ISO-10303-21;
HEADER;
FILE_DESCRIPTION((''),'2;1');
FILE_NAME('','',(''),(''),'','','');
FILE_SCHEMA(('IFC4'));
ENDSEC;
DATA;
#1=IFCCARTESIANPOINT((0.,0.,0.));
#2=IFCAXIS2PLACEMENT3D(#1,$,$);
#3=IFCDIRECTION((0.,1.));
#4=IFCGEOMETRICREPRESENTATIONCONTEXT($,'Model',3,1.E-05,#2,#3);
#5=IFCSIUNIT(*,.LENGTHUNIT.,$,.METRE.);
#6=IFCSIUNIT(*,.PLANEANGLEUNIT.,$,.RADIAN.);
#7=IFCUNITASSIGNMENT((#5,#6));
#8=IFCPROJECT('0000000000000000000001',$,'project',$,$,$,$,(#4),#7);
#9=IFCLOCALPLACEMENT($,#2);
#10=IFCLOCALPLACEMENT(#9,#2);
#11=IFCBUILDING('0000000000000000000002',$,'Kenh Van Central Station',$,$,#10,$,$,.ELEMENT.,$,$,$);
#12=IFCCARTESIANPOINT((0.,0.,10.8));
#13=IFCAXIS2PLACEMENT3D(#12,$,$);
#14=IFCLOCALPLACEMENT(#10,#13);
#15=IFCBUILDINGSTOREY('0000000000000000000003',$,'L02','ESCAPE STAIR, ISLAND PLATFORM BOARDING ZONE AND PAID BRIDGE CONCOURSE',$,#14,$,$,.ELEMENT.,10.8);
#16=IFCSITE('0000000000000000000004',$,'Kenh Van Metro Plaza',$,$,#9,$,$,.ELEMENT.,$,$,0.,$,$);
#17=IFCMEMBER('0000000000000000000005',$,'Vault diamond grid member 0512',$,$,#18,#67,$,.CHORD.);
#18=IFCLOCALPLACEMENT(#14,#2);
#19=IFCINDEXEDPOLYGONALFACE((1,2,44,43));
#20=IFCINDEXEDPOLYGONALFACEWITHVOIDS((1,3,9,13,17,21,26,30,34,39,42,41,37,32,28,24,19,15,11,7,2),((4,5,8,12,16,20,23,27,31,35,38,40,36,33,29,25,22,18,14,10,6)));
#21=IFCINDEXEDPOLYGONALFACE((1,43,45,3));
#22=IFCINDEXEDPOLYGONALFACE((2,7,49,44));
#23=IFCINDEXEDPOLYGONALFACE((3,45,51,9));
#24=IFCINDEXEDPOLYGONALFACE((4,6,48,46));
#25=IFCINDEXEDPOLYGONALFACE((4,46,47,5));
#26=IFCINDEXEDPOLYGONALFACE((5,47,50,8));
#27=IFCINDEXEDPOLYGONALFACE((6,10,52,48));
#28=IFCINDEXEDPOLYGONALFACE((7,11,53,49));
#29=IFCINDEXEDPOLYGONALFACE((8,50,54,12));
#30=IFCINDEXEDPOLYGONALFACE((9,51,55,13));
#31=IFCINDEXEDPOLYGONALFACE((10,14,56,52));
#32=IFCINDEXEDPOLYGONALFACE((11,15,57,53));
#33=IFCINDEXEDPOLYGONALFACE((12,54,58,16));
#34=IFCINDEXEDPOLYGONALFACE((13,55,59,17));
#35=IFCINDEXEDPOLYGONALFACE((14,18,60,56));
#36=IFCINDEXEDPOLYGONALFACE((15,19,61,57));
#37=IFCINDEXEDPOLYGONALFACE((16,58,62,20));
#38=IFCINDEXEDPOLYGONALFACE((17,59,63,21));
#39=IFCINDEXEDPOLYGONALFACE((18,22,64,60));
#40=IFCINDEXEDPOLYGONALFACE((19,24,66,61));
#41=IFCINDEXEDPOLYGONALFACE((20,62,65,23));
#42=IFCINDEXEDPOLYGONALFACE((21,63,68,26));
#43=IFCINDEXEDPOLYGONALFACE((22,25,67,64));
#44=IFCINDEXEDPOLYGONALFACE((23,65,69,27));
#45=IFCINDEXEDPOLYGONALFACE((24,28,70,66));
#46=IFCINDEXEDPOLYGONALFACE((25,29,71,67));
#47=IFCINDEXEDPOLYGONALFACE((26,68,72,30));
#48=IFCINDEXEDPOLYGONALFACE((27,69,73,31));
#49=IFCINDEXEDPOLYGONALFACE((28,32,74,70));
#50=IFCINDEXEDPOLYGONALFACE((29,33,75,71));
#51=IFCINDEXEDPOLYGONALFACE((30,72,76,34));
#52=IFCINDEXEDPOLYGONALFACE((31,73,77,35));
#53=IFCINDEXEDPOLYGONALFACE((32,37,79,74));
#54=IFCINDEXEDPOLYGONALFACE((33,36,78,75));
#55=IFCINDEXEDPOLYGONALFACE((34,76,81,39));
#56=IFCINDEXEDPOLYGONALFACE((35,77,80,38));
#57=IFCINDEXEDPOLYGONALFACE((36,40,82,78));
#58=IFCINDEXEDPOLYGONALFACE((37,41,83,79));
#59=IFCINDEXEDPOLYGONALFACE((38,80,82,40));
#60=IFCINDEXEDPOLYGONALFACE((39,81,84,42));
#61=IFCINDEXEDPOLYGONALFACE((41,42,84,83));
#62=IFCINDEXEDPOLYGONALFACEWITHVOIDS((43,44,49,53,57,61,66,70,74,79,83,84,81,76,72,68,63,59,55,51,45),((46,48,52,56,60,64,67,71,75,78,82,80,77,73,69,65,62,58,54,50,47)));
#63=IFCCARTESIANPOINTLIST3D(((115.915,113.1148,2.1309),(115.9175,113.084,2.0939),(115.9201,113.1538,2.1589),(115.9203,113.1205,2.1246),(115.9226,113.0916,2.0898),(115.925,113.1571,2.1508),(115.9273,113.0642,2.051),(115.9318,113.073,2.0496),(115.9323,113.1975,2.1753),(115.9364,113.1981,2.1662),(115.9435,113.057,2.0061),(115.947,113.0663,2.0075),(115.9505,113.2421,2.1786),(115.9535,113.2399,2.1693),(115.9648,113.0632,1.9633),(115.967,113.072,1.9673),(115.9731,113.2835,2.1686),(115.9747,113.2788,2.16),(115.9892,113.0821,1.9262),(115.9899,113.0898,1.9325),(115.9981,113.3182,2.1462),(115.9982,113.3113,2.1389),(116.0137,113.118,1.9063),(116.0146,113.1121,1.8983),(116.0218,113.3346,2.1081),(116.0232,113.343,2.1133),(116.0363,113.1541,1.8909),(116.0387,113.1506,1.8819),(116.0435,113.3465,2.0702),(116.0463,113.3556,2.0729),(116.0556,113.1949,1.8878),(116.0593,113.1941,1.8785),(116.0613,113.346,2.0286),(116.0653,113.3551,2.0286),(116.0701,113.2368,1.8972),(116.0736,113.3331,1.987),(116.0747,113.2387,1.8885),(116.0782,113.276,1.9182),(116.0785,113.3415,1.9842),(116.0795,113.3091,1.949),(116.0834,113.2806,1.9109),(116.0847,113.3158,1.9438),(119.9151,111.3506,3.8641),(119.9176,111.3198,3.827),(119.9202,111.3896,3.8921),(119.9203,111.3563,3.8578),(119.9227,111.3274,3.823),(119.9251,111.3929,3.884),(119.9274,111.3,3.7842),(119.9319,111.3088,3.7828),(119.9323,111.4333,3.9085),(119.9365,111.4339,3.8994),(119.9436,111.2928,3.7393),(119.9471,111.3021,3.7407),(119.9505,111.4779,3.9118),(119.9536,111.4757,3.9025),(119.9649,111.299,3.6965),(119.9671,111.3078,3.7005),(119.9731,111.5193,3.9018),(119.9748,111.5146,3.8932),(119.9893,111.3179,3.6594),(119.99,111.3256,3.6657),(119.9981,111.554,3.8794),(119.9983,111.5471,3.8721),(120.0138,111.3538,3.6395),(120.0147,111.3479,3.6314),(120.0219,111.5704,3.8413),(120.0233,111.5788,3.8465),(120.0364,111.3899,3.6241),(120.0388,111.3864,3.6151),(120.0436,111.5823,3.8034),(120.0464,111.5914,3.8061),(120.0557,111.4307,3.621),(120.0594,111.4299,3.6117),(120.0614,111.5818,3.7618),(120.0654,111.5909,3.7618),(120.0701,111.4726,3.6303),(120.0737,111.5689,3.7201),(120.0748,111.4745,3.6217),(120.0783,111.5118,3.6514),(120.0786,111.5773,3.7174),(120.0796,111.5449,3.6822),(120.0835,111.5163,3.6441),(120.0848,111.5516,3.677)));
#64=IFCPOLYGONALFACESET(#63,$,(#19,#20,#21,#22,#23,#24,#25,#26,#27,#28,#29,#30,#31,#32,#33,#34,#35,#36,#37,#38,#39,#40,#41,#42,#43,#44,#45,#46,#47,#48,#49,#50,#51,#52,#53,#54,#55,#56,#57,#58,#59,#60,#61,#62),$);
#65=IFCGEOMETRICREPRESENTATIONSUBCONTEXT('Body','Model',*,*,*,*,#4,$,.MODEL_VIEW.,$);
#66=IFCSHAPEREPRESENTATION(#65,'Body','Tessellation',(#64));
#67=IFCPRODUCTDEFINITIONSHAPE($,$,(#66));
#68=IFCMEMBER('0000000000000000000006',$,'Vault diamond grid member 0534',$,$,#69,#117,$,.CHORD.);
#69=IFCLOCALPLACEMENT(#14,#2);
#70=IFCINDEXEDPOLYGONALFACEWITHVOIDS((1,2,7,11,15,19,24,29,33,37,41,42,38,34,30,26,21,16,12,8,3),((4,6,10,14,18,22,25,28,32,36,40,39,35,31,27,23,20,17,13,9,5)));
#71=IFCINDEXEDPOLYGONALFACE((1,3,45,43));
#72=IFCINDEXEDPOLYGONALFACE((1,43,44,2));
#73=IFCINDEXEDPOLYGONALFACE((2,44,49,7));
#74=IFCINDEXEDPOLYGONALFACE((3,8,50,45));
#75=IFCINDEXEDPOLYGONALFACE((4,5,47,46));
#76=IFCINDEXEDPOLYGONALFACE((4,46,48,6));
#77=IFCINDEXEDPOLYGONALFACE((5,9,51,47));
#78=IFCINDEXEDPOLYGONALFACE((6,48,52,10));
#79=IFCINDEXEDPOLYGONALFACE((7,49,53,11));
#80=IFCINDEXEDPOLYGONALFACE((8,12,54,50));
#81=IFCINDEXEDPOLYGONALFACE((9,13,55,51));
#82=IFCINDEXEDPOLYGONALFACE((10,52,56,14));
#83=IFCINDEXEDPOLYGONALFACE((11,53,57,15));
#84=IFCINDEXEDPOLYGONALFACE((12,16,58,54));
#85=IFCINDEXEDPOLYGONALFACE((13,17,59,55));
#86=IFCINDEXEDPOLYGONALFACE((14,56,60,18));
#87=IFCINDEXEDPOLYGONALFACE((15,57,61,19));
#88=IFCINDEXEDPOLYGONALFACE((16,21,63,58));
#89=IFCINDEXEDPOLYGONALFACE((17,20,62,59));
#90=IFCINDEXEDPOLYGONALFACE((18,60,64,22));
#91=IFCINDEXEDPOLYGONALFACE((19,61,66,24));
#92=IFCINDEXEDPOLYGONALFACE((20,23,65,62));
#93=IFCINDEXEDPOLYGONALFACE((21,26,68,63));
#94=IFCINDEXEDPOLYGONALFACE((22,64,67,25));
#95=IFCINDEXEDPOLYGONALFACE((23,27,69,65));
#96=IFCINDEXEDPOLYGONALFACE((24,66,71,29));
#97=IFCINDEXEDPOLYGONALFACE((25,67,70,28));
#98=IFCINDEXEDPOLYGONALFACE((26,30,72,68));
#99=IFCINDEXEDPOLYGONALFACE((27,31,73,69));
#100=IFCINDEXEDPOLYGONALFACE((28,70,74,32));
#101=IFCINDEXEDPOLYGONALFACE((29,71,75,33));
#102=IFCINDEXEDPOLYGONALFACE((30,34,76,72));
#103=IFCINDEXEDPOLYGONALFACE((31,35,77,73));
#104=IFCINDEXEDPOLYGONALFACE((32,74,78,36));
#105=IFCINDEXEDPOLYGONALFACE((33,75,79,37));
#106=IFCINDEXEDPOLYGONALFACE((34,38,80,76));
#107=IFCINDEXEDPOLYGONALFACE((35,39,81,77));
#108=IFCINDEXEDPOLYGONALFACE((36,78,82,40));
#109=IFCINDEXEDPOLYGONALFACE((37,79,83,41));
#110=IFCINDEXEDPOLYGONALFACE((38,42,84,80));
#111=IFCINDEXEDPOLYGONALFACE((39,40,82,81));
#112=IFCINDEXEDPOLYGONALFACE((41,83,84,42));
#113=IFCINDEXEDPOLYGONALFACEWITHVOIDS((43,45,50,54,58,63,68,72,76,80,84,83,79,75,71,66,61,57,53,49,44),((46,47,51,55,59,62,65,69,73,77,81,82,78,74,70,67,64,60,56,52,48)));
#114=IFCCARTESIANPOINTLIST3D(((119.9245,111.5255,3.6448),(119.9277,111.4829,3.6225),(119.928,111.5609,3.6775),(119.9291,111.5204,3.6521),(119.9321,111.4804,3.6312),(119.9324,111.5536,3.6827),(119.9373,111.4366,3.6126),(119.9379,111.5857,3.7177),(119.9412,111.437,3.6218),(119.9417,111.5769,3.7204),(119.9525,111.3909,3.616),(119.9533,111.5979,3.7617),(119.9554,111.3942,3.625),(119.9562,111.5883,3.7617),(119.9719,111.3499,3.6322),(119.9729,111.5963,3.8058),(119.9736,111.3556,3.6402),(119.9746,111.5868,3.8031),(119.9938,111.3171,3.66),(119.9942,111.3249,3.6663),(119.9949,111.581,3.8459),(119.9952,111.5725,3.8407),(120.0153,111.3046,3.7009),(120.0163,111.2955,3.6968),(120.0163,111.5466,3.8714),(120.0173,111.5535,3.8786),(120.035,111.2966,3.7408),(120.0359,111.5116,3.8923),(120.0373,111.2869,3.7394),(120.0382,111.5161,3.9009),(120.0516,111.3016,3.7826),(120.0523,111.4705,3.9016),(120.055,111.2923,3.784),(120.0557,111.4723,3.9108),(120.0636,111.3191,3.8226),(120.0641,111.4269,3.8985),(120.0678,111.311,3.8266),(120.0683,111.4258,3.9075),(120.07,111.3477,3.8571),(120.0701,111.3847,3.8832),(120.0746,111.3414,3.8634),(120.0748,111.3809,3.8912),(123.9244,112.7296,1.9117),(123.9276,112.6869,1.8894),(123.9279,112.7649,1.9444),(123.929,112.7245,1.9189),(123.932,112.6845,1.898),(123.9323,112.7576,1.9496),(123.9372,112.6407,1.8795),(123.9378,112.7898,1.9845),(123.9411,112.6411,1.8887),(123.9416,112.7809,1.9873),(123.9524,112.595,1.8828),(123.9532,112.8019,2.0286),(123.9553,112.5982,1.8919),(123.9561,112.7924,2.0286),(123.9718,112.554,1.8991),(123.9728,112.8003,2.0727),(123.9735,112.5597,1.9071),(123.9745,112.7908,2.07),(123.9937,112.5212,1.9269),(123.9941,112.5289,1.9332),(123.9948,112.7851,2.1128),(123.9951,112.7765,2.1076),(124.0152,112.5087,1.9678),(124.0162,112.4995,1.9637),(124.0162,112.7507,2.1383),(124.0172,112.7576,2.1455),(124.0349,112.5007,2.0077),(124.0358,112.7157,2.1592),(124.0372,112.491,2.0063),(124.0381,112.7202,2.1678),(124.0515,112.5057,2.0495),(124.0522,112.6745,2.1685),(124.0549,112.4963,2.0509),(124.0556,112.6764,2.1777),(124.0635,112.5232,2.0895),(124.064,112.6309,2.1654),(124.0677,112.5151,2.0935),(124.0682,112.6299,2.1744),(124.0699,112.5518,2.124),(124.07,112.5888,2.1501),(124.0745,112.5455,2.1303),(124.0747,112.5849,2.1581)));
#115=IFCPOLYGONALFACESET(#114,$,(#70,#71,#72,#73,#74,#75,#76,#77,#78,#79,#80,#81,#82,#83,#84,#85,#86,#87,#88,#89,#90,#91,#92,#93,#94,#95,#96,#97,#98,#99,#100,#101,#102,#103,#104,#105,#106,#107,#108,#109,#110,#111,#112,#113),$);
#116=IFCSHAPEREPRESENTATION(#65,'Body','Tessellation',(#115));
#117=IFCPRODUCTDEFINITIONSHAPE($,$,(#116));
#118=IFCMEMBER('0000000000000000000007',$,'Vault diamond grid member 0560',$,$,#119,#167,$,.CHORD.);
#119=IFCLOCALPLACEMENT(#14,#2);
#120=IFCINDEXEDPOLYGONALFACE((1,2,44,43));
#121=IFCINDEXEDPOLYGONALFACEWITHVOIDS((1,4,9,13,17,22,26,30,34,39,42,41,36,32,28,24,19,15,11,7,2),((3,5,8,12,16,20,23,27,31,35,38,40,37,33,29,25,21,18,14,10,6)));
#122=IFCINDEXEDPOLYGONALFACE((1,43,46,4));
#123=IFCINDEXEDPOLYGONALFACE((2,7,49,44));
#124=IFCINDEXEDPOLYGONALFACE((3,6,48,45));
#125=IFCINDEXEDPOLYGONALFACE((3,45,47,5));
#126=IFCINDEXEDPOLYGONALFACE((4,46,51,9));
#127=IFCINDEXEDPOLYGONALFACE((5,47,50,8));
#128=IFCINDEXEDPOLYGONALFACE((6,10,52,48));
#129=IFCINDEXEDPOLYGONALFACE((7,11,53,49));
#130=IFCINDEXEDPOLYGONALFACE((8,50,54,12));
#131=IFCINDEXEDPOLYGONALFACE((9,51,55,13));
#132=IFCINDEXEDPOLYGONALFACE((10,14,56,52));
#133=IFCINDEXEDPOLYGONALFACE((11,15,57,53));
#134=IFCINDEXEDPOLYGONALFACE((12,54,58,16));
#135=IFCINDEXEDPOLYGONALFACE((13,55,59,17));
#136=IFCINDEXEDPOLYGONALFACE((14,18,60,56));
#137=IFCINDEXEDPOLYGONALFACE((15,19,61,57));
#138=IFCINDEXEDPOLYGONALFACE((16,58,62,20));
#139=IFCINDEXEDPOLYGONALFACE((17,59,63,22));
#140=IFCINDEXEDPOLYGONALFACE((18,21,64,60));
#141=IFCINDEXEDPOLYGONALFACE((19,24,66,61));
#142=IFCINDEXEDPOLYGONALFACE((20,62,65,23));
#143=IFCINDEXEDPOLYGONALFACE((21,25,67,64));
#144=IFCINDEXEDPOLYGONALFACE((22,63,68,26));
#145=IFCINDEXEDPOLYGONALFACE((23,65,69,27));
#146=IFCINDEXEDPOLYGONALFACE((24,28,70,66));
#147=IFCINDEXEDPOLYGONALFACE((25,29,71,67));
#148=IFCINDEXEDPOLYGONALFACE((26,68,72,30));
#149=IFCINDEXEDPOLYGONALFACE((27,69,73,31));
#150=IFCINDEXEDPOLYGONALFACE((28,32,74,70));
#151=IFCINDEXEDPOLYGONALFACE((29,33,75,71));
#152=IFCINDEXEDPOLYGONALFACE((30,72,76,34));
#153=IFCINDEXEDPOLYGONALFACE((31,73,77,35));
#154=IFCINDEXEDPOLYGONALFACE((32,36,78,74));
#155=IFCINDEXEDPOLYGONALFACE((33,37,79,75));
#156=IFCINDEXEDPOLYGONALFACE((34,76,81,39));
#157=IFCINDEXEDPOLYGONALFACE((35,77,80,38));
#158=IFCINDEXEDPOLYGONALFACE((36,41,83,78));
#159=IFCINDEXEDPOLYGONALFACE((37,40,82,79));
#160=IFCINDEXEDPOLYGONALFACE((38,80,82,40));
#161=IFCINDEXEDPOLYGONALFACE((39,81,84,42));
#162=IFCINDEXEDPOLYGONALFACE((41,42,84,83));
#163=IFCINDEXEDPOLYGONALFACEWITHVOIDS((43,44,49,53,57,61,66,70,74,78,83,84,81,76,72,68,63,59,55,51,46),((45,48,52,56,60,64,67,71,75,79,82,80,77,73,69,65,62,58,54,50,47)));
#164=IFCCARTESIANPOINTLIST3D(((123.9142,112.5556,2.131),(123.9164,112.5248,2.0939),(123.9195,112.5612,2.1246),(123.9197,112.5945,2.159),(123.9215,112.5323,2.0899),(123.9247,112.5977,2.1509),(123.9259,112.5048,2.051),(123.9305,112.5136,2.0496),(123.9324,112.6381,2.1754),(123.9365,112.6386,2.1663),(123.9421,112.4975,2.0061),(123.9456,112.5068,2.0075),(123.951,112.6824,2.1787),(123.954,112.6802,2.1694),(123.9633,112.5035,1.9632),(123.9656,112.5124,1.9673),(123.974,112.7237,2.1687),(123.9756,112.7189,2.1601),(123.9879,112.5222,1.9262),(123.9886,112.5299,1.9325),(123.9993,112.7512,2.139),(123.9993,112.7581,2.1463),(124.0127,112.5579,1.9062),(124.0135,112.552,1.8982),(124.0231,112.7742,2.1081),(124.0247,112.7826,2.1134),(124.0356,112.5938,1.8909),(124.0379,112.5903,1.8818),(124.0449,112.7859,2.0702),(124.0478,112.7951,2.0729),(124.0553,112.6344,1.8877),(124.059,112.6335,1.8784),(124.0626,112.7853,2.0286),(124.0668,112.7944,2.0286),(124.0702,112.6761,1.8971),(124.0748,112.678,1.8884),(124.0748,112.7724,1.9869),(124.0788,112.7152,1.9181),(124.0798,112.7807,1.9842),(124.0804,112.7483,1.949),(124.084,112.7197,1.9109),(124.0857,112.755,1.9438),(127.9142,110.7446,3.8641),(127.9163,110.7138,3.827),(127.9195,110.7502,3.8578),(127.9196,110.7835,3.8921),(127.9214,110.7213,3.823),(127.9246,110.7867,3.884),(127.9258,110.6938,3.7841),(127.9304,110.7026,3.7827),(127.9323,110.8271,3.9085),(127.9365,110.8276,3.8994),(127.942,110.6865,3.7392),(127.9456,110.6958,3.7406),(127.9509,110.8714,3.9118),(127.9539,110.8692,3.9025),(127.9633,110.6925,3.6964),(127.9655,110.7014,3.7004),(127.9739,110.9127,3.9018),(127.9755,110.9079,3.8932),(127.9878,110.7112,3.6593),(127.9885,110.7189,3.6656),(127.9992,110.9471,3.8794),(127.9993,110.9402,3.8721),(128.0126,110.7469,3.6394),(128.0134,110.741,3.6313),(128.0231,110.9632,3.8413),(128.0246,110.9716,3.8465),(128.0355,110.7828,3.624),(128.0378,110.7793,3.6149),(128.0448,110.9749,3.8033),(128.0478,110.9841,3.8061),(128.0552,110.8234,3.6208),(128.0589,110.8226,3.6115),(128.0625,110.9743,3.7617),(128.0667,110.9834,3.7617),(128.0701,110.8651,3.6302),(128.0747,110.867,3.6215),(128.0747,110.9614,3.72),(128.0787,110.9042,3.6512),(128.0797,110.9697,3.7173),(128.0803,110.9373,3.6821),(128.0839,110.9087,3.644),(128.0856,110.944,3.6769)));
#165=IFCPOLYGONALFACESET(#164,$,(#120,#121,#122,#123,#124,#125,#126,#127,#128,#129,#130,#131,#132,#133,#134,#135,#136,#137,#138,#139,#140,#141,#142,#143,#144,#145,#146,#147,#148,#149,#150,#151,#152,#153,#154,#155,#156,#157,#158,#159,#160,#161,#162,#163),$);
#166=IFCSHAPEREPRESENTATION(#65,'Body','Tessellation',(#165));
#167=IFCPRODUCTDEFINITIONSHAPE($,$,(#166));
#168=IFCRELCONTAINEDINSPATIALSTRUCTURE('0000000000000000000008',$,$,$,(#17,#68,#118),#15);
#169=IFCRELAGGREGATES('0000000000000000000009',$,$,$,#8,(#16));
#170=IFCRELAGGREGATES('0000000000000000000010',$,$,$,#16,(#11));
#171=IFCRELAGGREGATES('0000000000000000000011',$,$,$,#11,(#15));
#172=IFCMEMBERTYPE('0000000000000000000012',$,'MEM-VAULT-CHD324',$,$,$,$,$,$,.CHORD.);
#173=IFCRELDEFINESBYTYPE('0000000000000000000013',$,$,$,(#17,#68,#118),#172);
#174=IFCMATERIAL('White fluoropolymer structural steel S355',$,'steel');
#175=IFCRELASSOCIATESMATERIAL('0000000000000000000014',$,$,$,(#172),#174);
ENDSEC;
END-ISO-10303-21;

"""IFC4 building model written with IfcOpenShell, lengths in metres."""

from ifc_helpers import new_model, si_unit, direction, frame, origin, origin_2d, place, context, subcontext, project, spatial, hollow_circle, extrude, material, material_profile, profile_set, type_object, element, save


model = new_model("IFC4")

# Units and contexts
model_context = context("Model", 3, precision=1e-05, world=origin(), true_north=direction((0.0, 1.0)))
body_context = subcontext(model_context, "Body", "Model", "MODEL_VIEW")
ifc_project = project(units=[si_unit("LENGTHUNIT", "METRE"), si_unit("PLANEANGLEUNIT", "RADIAN")], contexts=[model_context])

# Site, building, storey
site_placement = place(None, origin())
site = spatial("IfcSite", under=ifc_project, at=site_placement, Name="Kenh Van Metro Plaza", CompositionType="ELEMENT", RefElevation=0.0)
building_placement = place(site_placement, origin())
building = spatial("IfcBuilding", under=site, at=building_placement, Name="Kenh Van Central Station", CompositionType="ELEMENT")
storey_placement = place(building_placement, frame((0.0, 0.0, 10.8)))
storey = spatial("IfcBuildingStorey", under=building, at=storey_placement, Name="L02", Description="ESCAPE STAIR, ISLAND PLATFORM BOARDING ZONE AND PAID BRIDGE CONCOURSE", CompositionType="ELEMENT", Elevation=10.8)

# Shared definitions
ifc_material_1 = material(Name="White fluoropolymer structural steel S355", Category="steel")

# Members
ifc_material_profile_1 = material_profile(ifc_material_1, hollow_circle(Radius=0.1619, WallThickness=0.01, at=origin_2d()), Name="CHS 323.9x10")
ifc_profile_set_1 = profile_set([ifc_material_profile_1], Name="White fluoropolymer structural steel S355")
member_type_1 = type_object("IfcMemberType", Name="MEM-VAULT-CHD324", PredefinedType="CHORD", material=ifc_profile_set_1)
member_1_placement = place(storey_placement, frame((116.0, 113.207, 2.0286), z_axis=(0.850562, -0.375132, 0.368539), x_axis=(0.403536, 0.914964, 0.0)))
element("IfcMember", 1, at=member_1_placement, inside=storey, type_object=member_type_1, Name="Vault diamond grid member 0512", PredefinedType="CHORD", context=body_context, shape_type="SweptSolid", body=[
    extrude(hollow_circle(Radius=0.1619, WallThickness=0.01, at=origin_2d()), origin(), (0.0, 0.0, 1.0), 4.7029),
])
member_2_placement = place(storey_placement, frame((120.0, 111.4429, 3.7617), z_axis=(0.884452, 0.266242, -0.383223), x_axis=(-0.288249, 0.957556, 0.0)))
element("IfcMember", 2, at=member_2_placement, inside=storey, type_object=member_type_1, Name="Vault diamond grid member 0534", PredefinedType="CHORD", context=body_context, shape_type="SweptSolid", body=[
    extrude(hollow_circle(Radius=0.1619, WallThickness=0.01, at=origin_2d()), origin(), (0.0, 0.0, 1.0), 4.5225),
])
member_3_placement = place(storey_placement, frame((124.0, 112.647, 2.0286), z_axis=(0.847357, -0.383648, 0.36715), x_axis=(0.412454, 0.910979, 0.0)))
element("IfcMember", 3, at=member_3_placement, inside=storey, type_object=member_type_1, Name="Vault diamond grid member 0560", PredefinedType="CHORD", context=body_context, shape_type="SweptSolid", body=[
    extrude(hollow_circle(Radius=0.1619, WallThickness=0.01, at=origin_2d()), origin(), (0.0, 0.0, 1.0), 4.7205),
])

save(model, "model.ifc")
